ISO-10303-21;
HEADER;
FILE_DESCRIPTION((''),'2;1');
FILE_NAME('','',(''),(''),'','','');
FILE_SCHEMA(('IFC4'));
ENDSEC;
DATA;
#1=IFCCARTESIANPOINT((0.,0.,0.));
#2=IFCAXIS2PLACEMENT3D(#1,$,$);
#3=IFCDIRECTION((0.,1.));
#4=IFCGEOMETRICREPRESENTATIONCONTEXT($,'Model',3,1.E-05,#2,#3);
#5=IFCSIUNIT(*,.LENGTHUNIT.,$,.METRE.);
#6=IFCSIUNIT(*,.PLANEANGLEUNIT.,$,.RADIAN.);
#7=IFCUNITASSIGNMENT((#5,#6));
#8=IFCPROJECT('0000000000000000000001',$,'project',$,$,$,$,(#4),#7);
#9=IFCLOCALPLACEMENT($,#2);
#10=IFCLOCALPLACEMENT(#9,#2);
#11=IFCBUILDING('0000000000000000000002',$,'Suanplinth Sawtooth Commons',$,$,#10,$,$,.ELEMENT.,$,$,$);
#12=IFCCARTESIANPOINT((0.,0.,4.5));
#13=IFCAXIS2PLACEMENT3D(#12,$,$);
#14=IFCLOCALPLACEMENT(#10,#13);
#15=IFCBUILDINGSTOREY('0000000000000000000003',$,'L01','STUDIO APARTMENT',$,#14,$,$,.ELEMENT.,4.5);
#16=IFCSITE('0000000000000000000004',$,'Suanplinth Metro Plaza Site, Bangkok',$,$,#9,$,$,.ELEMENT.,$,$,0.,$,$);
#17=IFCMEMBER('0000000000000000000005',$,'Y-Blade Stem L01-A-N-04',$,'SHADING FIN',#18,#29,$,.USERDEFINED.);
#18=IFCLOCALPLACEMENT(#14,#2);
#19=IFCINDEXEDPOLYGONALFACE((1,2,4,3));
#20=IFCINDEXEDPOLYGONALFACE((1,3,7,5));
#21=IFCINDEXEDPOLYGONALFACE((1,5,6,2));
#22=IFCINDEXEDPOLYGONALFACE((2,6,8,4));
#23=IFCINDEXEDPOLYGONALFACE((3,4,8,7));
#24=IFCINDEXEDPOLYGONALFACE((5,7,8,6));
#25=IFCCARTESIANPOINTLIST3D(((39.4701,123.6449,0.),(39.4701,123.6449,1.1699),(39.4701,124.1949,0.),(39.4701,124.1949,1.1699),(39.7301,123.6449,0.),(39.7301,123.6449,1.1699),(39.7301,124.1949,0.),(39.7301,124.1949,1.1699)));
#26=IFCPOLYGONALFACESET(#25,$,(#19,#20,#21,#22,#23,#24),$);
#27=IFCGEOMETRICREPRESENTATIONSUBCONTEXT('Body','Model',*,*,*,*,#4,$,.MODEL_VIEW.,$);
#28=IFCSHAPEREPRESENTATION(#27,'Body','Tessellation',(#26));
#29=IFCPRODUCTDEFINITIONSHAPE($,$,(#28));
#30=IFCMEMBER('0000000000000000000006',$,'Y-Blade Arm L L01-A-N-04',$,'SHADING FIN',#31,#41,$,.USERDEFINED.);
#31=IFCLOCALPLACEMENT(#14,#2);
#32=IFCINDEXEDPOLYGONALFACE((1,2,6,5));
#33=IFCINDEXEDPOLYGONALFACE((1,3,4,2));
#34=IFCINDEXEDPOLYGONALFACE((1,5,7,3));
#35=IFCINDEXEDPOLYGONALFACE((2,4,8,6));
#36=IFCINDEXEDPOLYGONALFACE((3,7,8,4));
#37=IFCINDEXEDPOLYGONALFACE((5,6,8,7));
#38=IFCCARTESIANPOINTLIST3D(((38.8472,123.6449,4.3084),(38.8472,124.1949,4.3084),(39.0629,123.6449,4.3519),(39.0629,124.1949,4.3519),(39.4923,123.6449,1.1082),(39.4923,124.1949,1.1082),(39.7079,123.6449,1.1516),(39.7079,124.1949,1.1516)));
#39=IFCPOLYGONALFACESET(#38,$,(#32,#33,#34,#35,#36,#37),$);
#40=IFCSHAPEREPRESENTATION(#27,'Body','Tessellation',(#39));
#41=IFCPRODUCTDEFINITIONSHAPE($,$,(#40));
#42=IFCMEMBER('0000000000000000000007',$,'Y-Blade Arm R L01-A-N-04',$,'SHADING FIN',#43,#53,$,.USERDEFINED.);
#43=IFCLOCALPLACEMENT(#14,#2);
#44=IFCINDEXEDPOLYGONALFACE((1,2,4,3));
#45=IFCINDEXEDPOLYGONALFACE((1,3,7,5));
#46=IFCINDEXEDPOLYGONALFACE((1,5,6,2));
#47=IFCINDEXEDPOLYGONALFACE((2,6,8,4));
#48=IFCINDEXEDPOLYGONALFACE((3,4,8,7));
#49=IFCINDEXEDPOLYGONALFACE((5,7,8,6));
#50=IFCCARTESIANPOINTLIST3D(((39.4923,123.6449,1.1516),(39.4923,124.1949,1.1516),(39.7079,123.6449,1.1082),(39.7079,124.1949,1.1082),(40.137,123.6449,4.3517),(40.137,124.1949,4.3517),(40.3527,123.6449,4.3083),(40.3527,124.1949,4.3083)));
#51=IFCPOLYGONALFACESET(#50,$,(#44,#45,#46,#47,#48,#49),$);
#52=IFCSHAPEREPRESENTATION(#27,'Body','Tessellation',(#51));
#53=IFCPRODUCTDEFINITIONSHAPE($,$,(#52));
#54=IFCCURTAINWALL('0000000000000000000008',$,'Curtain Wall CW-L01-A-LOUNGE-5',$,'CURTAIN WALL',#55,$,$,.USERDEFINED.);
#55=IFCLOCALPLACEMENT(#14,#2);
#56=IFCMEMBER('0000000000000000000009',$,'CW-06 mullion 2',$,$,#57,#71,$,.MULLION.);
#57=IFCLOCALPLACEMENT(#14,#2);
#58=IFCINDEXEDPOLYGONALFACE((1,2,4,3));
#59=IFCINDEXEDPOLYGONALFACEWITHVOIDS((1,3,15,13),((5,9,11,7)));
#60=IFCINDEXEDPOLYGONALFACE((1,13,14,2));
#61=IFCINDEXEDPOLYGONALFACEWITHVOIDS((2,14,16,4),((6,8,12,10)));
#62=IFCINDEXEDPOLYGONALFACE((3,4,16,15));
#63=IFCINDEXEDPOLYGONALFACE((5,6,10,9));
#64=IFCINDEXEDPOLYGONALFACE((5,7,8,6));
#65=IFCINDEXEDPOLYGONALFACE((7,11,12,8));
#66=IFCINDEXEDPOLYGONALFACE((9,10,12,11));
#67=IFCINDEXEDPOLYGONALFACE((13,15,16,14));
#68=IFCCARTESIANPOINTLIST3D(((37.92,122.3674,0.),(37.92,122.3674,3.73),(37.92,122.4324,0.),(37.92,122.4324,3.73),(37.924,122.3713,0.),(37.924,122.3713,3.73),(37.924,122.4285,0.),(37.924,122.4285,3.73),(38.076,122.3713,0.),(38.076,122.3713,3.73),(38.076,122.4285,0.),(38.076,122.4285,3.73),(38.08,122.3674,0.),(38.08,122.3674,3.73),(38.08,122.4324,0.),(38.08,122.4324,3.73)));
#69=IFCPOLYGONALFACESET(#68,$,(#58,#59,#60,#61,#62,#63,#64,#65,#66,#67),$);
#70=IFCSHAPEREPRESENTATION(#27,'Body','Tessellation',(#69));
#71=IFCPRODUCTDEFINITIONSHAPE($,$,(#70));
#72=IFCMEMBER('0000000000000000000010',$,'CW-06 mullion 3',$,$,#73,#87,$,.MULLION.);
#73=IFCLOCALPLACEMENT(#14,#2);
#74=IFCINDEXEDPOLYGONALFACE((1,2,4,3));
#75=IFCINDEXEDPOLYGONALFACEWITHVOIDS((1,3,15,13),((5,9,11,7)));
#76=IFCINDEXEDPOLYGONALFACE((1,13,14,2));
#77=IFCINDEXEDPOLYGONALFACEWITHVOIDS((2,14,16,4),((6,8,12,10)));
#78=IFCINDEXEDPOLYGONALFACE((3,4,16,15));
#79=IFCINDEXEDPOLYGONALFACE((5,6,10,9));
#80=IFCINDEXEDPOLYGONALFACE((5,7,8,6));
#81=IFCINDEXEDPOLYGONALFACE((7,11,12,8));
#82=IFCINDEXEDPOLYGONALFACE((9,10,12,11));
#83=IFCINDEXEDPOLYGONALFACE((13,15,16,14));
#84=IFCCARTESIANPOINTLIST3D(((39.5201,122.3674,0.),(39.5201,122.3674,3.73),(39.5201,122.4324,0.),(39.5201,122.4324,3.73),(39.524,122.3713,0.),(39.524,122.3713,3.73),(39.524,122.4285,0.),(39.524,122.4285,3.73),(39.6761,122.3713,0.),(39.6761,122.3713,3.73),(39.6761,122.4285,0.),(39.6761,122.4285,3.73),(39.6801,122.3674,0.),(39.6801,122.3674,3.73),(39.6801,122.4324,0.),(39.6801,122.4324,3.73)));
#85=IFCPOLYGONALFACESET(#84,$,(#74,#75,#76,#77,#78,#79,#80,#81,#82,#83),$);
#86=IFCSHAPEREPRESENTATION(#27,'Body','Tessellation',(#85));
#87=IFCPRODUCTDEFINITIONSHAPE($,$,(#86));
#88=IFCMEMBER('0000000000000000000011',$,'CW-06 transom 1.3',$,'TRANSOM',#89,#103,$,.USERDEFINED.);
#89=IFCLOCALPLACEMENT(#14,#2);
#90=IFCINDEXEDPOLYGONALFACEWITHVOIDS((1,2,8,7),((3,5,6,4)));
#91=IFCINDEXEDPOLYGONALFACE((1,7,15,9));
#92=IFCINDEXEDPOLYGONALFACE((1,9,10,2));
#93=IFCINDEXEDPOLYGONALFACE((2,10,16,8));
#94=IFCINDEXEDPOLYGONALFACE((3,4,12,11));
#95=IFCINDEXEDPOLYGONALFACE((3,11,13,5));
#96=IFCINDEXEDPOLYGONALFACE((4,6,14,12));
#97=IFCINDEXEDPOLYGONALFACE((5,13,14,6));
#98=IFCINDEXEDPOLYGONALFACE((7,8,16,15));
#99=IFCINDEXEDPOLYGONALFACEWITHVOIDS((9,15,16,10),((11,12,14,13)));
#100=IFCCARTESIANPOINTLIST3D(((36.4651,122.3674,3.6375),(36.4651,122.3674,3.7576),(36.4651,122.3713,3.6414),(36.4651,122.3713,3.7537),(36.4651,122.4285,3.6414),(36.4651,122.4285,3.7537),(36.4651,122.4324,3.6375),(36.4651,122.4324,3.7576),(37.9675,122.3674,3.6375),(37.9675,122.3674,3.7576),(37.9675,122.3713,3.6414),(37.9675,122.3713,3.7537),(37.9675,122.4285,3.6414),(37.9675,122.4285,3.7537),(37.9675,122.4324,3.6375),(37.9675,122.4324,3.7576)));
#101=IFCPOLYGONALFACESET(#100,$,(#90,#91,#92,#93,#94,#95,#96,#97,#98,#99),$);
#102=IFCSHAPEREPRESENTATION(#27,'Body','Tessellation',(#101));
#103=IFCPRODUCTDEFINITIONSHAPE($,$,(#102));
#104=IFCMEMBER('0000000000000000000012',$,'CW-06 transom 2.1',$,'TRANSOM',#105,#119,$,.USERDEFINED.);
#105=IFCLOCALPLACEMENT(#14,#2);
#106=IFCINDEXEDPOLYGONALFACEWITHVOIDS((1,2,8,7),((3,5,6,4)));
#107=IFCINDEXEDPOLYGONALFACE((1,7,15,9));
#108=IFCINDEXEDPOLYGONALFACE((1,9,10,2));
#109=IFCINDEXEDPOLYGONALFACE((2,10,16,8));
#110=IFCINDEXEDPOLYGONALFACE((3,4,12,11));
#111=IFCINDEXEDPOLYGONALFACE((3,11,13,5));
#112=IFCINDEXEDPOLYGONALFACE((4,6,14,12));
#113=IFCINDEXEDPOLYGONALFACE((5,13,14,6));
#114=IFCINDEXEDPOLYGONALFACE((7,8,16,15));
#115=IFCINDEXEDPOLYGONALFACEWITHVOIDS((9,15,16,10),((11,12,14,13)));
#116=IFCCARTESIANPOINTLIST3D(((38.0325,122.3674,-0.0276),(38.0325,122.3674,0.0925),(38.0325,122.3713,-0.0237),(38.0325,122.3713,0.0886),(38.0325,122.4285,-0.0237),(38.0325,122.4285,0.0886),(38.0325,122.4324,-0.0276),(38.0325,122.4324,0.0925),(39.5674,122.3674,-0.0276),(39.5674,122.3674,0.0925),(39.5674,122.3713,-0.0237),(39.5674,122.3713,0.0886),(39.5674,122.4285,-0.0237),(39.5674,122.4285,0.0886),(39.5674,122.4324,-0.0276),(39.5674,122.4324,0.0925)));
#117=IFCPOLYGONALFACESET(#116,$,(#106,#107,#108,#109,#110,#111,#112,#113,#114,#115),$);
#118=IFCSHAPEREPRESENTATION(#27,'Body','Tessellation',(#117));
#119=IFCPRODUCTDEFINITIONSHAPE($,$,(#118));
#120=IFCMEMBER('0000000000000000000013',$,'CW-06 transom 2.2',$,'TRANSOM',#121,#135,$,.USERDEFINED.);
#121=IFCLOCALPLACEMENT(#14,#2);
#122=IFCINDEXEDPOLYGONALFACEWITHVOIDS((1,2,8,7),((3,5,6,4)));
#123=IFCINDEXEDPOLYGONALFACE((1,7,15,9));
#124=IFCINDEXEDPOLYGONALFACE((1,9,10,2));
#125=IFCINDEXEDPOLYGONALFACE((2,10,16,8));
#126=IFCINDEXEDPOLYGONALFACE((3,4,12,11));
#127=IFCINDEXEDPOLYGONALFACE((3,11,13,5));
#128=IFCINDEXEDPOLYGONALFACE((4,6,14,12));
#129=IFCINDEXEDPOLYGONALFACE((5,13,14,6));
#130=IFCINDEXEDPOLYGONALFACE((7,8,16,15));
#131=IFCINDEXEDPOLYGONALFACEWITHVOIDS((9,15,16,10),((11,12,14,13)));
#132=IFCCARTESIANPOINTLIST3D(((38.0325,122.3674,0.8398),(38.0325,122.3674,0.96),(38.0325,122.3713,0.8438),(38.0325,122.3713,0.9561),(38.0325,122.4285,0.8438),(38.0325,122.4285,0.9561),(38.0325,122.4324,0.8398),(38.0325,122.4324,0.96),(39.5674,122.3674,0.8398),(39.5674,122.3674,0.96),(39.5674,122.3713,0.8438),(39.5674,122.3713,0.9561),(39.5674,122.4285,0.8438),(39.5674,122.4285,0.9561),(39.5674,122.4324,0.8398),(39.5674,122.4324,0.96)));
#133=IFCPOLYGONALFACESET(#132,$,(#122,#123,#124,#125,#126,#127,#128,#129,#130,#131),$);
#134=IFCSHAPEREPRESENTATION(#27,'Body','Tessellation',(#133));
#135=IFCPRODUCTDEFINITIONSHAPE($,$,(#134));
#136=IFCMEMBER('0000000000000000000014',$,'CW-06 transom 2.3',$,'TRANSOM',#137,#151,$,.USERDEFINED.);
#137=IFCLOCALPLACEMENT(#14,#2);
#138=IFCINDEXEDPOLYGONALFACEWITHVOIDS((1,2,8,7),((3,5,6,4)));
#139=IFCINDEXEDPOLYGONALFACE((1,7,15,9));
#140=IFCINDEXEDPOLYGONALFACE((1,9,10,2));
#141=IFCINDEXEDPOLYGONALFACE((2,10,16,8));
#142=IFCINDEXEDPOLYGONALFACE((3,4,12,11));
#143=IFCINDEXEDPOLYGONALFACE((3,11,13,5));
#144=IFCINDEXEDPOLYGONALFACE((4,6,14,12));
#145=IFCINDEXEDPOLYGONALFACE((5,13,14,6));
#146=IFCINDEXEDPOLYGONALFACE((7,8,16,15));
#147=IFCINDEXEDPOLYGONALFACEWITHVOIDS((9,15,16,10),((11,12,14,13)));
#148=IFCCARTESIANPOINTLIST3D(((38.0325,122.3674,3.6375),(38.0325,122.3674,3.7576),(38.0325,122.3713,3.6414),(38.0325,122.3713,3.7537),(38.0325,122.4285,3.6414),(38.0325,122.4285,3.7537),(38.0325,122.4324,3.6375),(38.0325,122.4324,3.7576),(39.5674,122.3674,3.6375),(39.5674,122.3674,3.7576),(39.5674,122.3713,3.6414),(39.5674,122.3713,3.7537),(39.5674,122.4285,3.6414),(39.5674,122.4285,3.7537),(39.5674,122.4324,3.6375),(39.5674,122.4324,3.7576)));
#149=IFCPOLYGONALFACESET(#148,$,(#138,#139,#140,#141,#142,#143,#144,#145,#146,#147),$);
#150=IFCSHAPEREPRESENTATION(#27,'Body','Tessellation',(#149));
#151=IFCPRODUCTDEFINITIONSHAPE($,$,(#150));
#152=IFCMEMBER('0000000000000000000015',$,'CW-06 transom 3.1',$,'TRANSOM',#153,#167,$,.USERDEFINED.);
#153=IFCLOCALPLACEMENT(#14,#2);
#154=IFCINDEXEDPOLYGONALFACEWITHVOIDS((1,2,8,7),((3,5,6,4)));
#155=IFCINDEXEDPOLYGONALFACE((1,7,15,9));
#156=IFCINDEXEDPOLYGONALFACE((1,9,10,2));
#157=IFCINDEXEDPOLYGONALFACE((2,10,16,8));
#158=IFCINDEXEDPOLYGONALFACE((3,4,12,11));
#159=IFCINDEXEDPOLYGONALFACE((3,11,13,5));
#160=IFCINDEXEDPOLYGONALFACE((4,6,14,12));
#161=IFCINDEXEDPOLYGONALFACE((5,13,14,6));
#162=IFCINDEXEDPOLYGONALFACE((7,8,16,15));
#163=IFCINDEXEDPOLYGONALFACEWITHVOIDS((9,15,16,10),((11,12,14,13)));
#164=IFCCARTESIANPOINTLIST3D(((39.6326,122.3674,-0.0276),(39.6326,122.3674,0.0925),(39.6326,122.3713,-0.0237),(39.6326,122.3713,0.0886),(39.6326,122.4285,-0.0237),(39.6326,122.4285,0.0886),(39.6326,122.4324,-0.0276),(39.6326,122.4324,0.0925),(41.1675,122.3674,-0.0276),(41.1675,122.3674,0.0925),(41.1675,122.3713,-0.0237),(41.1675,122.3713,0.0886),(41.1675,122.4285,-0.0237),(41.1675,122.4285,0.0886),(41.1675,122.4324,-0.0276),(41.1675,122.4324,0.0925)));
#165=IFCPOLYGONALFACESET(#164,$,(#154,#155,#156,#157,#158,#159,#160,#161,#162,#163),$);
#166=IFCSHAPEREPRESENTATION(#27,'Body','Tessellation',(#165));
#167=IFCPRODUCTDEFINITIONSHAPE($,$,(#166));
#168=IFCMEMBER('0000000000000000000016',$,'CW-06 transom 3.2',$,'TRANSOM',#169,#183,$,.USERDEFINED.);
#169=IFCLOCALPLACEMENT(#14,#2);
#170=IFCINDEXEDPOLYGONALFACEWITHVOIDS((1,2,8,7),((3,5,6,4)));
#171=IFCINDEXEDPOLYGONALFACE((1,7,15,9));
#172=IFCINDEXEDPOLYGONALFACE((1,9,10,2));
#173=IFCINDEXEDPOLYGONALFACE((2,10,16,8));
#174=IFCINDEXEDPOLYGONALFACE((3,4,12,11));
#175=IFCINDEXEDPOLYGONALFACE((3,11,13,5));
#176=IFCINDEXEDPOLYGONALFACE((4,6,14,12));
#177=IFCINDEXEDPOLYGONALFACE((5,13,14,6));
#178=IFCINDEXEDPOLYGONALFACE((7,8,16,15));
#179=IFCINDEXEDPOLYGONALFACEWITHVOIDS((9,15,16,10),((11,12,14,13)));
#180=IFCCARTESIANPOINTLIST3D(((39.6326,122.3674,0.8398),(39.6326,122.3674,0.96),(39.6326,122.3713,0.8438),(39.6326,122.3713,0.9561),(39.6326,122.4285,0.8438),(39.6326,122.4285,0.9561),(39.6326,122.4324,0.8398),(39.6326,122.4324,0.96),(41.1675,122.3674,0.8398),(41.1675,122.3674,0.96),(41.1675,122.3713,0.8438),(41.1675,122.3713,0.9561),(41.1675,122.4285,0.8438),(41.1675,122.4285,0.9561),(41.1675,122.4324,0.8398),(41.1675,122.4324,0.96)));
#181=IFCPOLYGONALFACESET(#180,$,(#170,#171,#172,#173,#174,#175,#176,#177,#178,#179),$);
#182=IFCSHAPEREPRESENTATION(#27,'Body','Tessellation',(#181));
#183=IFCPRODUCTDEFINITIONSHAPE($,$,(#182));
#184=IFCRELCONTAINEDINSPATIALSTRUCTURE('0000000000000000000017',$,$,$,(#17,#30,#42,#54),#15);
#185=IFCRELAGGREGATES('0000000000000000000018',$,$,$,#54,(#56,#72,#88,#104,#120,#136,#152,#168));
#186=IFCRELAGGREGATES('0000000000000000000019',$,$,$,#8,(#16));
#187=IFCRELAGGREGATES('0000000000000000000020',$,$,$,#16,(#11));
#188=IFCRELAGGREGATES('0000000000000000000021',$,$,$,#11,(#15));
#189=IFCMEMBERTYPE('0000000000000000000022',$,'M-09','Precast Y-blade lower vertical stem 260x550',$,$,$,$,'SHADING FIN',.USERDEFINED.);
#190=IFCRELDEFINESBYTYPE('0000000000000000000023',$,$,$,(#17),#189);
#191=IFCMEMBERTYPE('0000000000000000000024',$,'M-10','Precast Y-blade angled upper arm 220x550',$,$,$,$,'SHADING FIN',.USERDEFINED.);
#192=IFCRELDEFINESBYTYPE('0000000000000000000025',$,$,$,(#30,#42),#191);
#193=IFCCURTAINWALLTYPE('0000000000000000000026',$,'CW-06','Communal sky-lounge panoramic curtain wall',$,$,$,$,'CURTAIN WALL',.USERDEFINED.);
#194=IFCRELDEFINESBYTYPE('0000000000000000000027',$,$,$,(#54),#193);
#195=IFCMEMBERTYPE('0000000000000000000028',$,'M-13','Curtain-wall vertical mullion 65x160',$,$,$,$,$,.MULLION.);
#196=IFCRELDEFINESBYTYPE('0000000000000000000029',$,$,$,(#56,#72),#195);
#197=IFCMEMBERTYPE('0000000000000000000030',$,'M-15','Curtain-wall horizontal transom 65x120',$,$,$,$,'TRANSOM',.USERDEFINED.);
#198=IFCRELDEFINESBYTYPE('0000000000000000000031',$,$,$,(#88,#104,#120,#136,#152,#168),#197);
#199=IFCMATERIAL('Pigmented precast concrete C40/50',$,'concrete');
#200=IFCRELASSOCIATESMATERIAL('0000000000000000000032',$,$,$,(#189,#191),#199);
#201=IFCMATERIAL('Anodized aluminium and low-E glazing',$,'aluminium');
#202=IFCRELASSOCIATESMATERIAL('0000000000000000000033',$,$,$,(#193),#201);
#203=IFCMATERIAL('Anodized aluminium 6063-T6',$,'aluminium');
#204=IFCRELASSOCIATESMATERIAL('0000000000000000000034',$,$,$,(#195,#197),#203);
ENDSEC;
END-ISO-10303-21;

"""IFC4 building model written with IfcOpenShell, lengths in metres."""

from ifc_helpers import new_model, si_unit, direction, frame, origin, origin_2d, place, context, subcontext, project, spatial, rectangle, hollow_rectangle, extrude, material, material_profile, profile_set, type_object, element, aggregate, save


model = new_model("IFC4")

# Units and contexts
model_context = context("Model", 3, precision=1e-05, world=origin(), true_north=direction((0.0, 1.0)))
body_context = subcontext(model_context, "Body", "Model", "MODEL_VIEW")
ifc_project = project(units=[si_unit("LENGTHUNIT", "METRE"), si_unit("PLANEANGLEUNIT", "RADIAN")], contexts=[model_context])

# Site, building, storey
site_placement = place(None, origin())
site = spatial("IfcSite", under=ifc_project, at=site_placement, Name="Suanplinth Metro Plaza Site, Bangkok", CompositionType="ELEMENT", RefElevation=0.0)
building_placement = place(site_placement, origin())
building = spatial("IfcBuilding", under=site, at=building_placement, Name="Suanplinth Sawtooth Commons", CompositionType="ELEMENT")
storey_placement = place(building_placement, frame((0.0, 0.0, 4.5)))
storey = spatial("IfcBuildingStorey", under=building, at=storey_placement, Name="L01", Description="STUDIO APARTMENT", CompositionType="ELEMENT", Elevation=4.5)

# Members
ifc_material_1 = material(Name="Pigmented precast concrete C40/50", Category="concrete")
ifc_material_profile_1 = material_profile(ifc_material_1, rectangle(XDim=0.26, YDim=0.55, at=origin_2d()), Name="PC-FIN 260x550")
ifc_profile_set_1 = profile_set([ifc_material_profile_1], Name="Pigmented precast concrete C40/50")
member_type_1 = type_object("IfcMemberType", Name="M-09", Description="Precast Y-blade lower vertical stem 260x550", ElementType="SHADING FIN", PredefinedType="USERDEFINED", material=ifc_profile_set_1)
member_1_placement = place(storey_placement, frame((39.6001, 123.9199, 0.0), z_axis=(0.0, 0.0, 1.0), x_axis=(1.0, 0.0, 0.0)))
element("IfcMember", 1, at=member_1_placement, inside=storey, type_object=member_type_1, Name="Y-Blade Stem L01-A-N-04", ObjectType="SHADING FIN", PredefinedType="USERDEFINED", context=body_context, shape_type="SweptSolid", body=[
    extrude(rectangle(XDim=0.26, YDim=0.55, at=origin_2d()), origin(), (0.0, 0.0, 1.0), 1.1699),
])
ifc_material_profile_2 = material_profile(ifc_material_1, rectangle(XDim=0.22, YDim=0.55, at=origin_2d()), Name="PC-FIN 220x550")
ifc_profile_set_2 = profile_set([ifc_material_profile_2], Name="Pigmented precast concrete C40/50")
member_type_2 = type_object("IfcMemberType", Name="M-10", Description="Precast Y-blade angled upper arm 220x550", ElementType="SHADING FIN", PredefinedType="USERDEFINED", material=ifc_profile_set_2)
member_2_placement = place(storey_placement, frame((39.6001, 123.9199, 1.1299), z_axis=(-0.197583, 0.0, 0.980286), x_axis=(0.980286, 0.0, 0.197583)))
element("IfcMember", 2, at=member_2_placement, inside=storey, type_object=member_type_2, Name="Y-Blade Arm L L01-A-N-04", ObjectType="SHADING FIN", PredefinedType="USERDEFINED", context=body_context, shape_type="SweptSolid", body=[
    extrude(rectangle(XDim=0.22, YDim=0.55, at=origin_2d()), origin(), (0.0, 0.0, 1.0), 3.2646),
])
member_3_placement = place(storey_placement, frame((39.6001, 123.9199, 1.1299), z_axis=(0.197511, 0.0, 0.980301), x_axis=(-0.980301, 0.0, 0.197511)))
element("IfcMember", 3, at=member_3_placement, inside=storey, type_object=member_type_2, Name="Y-Blade Arm R L01-A-N-04", ObjectType="SHADING FIN", PredefinedType="USERDEFINED", context=body_context, shape_type="SweptSolid", body=[
    extrude(rectangle(XDim=0.22, YDim=0.55, at=origin_2d()), origin(), (0.0, 0.0, 1.0), 3.2644),
])

# Curtain wall, members
ifc_material_2 = material(Name="Anodized aluminium and low-E glazing", Category="aluminium")
curtain_wall_type = type_object("IfcCurtainWallType", Name="CW-06", Description="Communal sky-lounge panoramic curtain wall", ElementType="CURTAIN WALL", PredefinedType="USERDEFINED", material=ifc_material_2)
curtain_wall_placement = place(storey_placement, origin())
curtain_wall = element("IfcCurtainWall", 4, at=curtain_wall_placement, inside=storey, type_object=curtain_wall_type, Name="Curtain Wall CW-L01-A-LOUNGE-5", ObjectType="CURTAIN WALL", PredefinedType="USERDEFINED")
ifc_material_3 = material(Name="Anodized aluminium 6063-T6", Category="aluminium")
ifc_material_profile_3 = material_profile(ifc_material_3, hollow_rectangle(XDim=0.0649, YDim=0.1599, WallThickness=0.0039, at=origin_2d()), Name="ALU-MUL 65x160")
ifc_profile_set_3 = profile_set([ifc_material_profile_3], Name="Anodized aluminium 6063-T6")
member_type_3 = type_object("IfcMemberType", Name="M-13", Description="Curtain-wall vertical mullion 65x160", PredefinedType="MULLION", material=ifc_profile_set_3)
member_4_placement = place(storey_placement, frame((38.0, 122.3999, 0.0), z_axis=(0.0, 0.0, 1.0), x_axis=(0.0, 1.0, 0.0)))
member_4 = element("IfcMember", 5, at=member_4_placement, type_object=member_type_3, Name="CW-06 mullion 2", PredefinedType="MULLION", context=body_context, shape_type="SweptSolid", body=[
    extrude(hollow_rectangle(XDim=0.0649, YDim=0.1599, WallThickness=0.0039, at=origin_2d()), origin(), (0.0, 0.0, 1.0), 3.73),
])
member_5_placement = place(storey_placement, frame((39.6001, 122.3999, 0.0), z_axis=(0.0, 0.0, 1.0), x_axis=(0.0, 1.0, 0.0)))
member_5 = element("IfcMember", 6, at=member_5_placement, type_object=member_type_3, Name="CW-06 mullion 3", PredefinedType="MULLION", context=body_context, shape_type="SweptSolid", body=[
    extrude(hollow_rectangle(XDim=0.0649, YDim=0.1599, WallThickness=0.0039, at=origin_2d()), origin(), (0.0, 0.0, 1.0), 3.73),
])
ifc_material_profile_4 = material_profile(ifc_material_3, hollow_rectangle(XDim=0.0649, YDim=0.1201, WallThickness=0.0039, at=origin_2d()), Name="ALU-TRN 65x120")
ifc_profile_set_4 = profile_set([ifc_material_profile_4], Name="Anodized aluminium 6063-T6")
member_type_4 = type_object("IfcMemberType", Name="M-15", Description="Curtain-wall horizontal transom 65x120", ElementType="TRANSOM", PredefinedType="USERDEFINED", material=ifc_profile_set_4)
member_6_placement = place(storey_placement, frame((36.4651, 122.3999, 3.6975), z_axis=(1.0, 0.0, 0.0), x_axis=(0.0, 1.0, 0.0)))
member_6 = element("IfcMember", 7, at=member_6_placement, type_object=member_type_4, Name="CW-06 transom 1.3", ObjectType="TRANSOM", PredefinedType="USERDEFINED", context=body_context, shape_type="SweptSolid", body=[
    extrude(hollow_rectangle(XDim=0.0649, YDim=0.1201, WallThickness=0.0039, at=origin_2d()), origin(), (0.0, 0.0, 1.0), 1.5024),
])
member_7_placement = place(storey_placement, frame((38.0325, 122.3999, 0.0325), z_axis=(1.0, 0.0, 0.0), x_axis=(0.0, 1.0, 0.0)))
member_7 = element("IfcMember", 8, at=member_7_placement, type_object=member_type_4, Name="CW-06 transom 2.1", ObjectType="TRANSOM", PredefinedType="USERDEFINED", context=body_context, shape_type="SweptSolid", body=[
    extrude(hollow_rectangle(XDim=0.0649, YDim=0.1201, WallThickness=0.0039, at=origin_2d()), origin(), (0.0, 0.0, 1.0), 1.5349),
])
member_8_placement = place(storey_placement, frame((38.0325, 122.3999, 0.8999), z_axis=(1.0, 0.0, 0.0), x_axis=(0.0, 1.0, 0.0)))
member_8 = element("IfcMember", 9, at=member_8_placement, type_object=member_type_4, Name="CW-06 transom 2.2", ObjectType="TRANSOM", PredefinedType="USERDEFINED", context=body_context, shape_type="SweptSolid", body=[
    extrude(hollow_rectangle(XDim=0.0649, YDim=0.1201, WallThickness=0.0039, at=origin_2d()), origin(), (0.0, 0.0, 1.0), 1.5349),
])
member_9_placement = place(storey_placement, frame((38.0325, 122.3999, 3.6975), z_axis=(1.0, 0.0, 0.0), x_axis=(0.0, 1.0, 0.0)))
member_9 = element("IfcMember", 10, at=member_9_placement, type_object=member_type_4, Name="CW-06 transom 2.3", ObjectType="TRANSOM", PredefinedType="USERDEFINED", context=body_context, shape_type="SweptSolid", body=[
    extrude(hollow_rectangle(XDim=0.0649, YDim=0.1201, WallThickness=0.0039, at=origin_2d()), origin(), (0.0, 0.0, 1.0), 1.5349),
])
member_10_placement = place(storey_placement, frame((39.6326, 122.3999, 0.0325), z_axis=(1.0, 0.0, 0.0), x_axis=(0.0, 1.0, 0.0)))
member_10 = element("IfcMember", 11, at=member_10_placement, type_object=member_type_4, Name="CW-06 transom 3.1", ObjectType="TRANSOM", PredefinedType="USERDEFINED", context=body_context, shape_type="SweptSolid", body=[
    extrude(hollow_rectangle(XDim=0.0649, YDim=0.1201, WallThickness=0.0039, at=origin_2d()), origin(), (0.0, 0.0, 1.0), 1.5349),
])
member_11_placement = place(storey_placement, frame((39.6326, 122.3999, 0.8999), z_axis=(1.0, 0.0, 0.0), x_axis=(0.0, 1.0, 0.0)))
member_11 = element("IfcMember", 12, at=member_11_placement, type_object=member_type_4, Name="CW-06 transom 3.2", ObjectType="TRANSOM", PredefinedType="USERDEFINED", context=body_context, shape_type="SweptSolid", body=[
    extrude(hollow_rectangle(XDim=0.0649, YDim=0.1201, WallThickness=0.0039, at=origin_2d()), origin(), (0.0, 0.0, 1.0), 1.5349),
])

aggregate(curtain_wall, [member_4, member_5, member_6, member_7, member_8, member_9, member_10, member_11])

save(model, "model.ifc")
